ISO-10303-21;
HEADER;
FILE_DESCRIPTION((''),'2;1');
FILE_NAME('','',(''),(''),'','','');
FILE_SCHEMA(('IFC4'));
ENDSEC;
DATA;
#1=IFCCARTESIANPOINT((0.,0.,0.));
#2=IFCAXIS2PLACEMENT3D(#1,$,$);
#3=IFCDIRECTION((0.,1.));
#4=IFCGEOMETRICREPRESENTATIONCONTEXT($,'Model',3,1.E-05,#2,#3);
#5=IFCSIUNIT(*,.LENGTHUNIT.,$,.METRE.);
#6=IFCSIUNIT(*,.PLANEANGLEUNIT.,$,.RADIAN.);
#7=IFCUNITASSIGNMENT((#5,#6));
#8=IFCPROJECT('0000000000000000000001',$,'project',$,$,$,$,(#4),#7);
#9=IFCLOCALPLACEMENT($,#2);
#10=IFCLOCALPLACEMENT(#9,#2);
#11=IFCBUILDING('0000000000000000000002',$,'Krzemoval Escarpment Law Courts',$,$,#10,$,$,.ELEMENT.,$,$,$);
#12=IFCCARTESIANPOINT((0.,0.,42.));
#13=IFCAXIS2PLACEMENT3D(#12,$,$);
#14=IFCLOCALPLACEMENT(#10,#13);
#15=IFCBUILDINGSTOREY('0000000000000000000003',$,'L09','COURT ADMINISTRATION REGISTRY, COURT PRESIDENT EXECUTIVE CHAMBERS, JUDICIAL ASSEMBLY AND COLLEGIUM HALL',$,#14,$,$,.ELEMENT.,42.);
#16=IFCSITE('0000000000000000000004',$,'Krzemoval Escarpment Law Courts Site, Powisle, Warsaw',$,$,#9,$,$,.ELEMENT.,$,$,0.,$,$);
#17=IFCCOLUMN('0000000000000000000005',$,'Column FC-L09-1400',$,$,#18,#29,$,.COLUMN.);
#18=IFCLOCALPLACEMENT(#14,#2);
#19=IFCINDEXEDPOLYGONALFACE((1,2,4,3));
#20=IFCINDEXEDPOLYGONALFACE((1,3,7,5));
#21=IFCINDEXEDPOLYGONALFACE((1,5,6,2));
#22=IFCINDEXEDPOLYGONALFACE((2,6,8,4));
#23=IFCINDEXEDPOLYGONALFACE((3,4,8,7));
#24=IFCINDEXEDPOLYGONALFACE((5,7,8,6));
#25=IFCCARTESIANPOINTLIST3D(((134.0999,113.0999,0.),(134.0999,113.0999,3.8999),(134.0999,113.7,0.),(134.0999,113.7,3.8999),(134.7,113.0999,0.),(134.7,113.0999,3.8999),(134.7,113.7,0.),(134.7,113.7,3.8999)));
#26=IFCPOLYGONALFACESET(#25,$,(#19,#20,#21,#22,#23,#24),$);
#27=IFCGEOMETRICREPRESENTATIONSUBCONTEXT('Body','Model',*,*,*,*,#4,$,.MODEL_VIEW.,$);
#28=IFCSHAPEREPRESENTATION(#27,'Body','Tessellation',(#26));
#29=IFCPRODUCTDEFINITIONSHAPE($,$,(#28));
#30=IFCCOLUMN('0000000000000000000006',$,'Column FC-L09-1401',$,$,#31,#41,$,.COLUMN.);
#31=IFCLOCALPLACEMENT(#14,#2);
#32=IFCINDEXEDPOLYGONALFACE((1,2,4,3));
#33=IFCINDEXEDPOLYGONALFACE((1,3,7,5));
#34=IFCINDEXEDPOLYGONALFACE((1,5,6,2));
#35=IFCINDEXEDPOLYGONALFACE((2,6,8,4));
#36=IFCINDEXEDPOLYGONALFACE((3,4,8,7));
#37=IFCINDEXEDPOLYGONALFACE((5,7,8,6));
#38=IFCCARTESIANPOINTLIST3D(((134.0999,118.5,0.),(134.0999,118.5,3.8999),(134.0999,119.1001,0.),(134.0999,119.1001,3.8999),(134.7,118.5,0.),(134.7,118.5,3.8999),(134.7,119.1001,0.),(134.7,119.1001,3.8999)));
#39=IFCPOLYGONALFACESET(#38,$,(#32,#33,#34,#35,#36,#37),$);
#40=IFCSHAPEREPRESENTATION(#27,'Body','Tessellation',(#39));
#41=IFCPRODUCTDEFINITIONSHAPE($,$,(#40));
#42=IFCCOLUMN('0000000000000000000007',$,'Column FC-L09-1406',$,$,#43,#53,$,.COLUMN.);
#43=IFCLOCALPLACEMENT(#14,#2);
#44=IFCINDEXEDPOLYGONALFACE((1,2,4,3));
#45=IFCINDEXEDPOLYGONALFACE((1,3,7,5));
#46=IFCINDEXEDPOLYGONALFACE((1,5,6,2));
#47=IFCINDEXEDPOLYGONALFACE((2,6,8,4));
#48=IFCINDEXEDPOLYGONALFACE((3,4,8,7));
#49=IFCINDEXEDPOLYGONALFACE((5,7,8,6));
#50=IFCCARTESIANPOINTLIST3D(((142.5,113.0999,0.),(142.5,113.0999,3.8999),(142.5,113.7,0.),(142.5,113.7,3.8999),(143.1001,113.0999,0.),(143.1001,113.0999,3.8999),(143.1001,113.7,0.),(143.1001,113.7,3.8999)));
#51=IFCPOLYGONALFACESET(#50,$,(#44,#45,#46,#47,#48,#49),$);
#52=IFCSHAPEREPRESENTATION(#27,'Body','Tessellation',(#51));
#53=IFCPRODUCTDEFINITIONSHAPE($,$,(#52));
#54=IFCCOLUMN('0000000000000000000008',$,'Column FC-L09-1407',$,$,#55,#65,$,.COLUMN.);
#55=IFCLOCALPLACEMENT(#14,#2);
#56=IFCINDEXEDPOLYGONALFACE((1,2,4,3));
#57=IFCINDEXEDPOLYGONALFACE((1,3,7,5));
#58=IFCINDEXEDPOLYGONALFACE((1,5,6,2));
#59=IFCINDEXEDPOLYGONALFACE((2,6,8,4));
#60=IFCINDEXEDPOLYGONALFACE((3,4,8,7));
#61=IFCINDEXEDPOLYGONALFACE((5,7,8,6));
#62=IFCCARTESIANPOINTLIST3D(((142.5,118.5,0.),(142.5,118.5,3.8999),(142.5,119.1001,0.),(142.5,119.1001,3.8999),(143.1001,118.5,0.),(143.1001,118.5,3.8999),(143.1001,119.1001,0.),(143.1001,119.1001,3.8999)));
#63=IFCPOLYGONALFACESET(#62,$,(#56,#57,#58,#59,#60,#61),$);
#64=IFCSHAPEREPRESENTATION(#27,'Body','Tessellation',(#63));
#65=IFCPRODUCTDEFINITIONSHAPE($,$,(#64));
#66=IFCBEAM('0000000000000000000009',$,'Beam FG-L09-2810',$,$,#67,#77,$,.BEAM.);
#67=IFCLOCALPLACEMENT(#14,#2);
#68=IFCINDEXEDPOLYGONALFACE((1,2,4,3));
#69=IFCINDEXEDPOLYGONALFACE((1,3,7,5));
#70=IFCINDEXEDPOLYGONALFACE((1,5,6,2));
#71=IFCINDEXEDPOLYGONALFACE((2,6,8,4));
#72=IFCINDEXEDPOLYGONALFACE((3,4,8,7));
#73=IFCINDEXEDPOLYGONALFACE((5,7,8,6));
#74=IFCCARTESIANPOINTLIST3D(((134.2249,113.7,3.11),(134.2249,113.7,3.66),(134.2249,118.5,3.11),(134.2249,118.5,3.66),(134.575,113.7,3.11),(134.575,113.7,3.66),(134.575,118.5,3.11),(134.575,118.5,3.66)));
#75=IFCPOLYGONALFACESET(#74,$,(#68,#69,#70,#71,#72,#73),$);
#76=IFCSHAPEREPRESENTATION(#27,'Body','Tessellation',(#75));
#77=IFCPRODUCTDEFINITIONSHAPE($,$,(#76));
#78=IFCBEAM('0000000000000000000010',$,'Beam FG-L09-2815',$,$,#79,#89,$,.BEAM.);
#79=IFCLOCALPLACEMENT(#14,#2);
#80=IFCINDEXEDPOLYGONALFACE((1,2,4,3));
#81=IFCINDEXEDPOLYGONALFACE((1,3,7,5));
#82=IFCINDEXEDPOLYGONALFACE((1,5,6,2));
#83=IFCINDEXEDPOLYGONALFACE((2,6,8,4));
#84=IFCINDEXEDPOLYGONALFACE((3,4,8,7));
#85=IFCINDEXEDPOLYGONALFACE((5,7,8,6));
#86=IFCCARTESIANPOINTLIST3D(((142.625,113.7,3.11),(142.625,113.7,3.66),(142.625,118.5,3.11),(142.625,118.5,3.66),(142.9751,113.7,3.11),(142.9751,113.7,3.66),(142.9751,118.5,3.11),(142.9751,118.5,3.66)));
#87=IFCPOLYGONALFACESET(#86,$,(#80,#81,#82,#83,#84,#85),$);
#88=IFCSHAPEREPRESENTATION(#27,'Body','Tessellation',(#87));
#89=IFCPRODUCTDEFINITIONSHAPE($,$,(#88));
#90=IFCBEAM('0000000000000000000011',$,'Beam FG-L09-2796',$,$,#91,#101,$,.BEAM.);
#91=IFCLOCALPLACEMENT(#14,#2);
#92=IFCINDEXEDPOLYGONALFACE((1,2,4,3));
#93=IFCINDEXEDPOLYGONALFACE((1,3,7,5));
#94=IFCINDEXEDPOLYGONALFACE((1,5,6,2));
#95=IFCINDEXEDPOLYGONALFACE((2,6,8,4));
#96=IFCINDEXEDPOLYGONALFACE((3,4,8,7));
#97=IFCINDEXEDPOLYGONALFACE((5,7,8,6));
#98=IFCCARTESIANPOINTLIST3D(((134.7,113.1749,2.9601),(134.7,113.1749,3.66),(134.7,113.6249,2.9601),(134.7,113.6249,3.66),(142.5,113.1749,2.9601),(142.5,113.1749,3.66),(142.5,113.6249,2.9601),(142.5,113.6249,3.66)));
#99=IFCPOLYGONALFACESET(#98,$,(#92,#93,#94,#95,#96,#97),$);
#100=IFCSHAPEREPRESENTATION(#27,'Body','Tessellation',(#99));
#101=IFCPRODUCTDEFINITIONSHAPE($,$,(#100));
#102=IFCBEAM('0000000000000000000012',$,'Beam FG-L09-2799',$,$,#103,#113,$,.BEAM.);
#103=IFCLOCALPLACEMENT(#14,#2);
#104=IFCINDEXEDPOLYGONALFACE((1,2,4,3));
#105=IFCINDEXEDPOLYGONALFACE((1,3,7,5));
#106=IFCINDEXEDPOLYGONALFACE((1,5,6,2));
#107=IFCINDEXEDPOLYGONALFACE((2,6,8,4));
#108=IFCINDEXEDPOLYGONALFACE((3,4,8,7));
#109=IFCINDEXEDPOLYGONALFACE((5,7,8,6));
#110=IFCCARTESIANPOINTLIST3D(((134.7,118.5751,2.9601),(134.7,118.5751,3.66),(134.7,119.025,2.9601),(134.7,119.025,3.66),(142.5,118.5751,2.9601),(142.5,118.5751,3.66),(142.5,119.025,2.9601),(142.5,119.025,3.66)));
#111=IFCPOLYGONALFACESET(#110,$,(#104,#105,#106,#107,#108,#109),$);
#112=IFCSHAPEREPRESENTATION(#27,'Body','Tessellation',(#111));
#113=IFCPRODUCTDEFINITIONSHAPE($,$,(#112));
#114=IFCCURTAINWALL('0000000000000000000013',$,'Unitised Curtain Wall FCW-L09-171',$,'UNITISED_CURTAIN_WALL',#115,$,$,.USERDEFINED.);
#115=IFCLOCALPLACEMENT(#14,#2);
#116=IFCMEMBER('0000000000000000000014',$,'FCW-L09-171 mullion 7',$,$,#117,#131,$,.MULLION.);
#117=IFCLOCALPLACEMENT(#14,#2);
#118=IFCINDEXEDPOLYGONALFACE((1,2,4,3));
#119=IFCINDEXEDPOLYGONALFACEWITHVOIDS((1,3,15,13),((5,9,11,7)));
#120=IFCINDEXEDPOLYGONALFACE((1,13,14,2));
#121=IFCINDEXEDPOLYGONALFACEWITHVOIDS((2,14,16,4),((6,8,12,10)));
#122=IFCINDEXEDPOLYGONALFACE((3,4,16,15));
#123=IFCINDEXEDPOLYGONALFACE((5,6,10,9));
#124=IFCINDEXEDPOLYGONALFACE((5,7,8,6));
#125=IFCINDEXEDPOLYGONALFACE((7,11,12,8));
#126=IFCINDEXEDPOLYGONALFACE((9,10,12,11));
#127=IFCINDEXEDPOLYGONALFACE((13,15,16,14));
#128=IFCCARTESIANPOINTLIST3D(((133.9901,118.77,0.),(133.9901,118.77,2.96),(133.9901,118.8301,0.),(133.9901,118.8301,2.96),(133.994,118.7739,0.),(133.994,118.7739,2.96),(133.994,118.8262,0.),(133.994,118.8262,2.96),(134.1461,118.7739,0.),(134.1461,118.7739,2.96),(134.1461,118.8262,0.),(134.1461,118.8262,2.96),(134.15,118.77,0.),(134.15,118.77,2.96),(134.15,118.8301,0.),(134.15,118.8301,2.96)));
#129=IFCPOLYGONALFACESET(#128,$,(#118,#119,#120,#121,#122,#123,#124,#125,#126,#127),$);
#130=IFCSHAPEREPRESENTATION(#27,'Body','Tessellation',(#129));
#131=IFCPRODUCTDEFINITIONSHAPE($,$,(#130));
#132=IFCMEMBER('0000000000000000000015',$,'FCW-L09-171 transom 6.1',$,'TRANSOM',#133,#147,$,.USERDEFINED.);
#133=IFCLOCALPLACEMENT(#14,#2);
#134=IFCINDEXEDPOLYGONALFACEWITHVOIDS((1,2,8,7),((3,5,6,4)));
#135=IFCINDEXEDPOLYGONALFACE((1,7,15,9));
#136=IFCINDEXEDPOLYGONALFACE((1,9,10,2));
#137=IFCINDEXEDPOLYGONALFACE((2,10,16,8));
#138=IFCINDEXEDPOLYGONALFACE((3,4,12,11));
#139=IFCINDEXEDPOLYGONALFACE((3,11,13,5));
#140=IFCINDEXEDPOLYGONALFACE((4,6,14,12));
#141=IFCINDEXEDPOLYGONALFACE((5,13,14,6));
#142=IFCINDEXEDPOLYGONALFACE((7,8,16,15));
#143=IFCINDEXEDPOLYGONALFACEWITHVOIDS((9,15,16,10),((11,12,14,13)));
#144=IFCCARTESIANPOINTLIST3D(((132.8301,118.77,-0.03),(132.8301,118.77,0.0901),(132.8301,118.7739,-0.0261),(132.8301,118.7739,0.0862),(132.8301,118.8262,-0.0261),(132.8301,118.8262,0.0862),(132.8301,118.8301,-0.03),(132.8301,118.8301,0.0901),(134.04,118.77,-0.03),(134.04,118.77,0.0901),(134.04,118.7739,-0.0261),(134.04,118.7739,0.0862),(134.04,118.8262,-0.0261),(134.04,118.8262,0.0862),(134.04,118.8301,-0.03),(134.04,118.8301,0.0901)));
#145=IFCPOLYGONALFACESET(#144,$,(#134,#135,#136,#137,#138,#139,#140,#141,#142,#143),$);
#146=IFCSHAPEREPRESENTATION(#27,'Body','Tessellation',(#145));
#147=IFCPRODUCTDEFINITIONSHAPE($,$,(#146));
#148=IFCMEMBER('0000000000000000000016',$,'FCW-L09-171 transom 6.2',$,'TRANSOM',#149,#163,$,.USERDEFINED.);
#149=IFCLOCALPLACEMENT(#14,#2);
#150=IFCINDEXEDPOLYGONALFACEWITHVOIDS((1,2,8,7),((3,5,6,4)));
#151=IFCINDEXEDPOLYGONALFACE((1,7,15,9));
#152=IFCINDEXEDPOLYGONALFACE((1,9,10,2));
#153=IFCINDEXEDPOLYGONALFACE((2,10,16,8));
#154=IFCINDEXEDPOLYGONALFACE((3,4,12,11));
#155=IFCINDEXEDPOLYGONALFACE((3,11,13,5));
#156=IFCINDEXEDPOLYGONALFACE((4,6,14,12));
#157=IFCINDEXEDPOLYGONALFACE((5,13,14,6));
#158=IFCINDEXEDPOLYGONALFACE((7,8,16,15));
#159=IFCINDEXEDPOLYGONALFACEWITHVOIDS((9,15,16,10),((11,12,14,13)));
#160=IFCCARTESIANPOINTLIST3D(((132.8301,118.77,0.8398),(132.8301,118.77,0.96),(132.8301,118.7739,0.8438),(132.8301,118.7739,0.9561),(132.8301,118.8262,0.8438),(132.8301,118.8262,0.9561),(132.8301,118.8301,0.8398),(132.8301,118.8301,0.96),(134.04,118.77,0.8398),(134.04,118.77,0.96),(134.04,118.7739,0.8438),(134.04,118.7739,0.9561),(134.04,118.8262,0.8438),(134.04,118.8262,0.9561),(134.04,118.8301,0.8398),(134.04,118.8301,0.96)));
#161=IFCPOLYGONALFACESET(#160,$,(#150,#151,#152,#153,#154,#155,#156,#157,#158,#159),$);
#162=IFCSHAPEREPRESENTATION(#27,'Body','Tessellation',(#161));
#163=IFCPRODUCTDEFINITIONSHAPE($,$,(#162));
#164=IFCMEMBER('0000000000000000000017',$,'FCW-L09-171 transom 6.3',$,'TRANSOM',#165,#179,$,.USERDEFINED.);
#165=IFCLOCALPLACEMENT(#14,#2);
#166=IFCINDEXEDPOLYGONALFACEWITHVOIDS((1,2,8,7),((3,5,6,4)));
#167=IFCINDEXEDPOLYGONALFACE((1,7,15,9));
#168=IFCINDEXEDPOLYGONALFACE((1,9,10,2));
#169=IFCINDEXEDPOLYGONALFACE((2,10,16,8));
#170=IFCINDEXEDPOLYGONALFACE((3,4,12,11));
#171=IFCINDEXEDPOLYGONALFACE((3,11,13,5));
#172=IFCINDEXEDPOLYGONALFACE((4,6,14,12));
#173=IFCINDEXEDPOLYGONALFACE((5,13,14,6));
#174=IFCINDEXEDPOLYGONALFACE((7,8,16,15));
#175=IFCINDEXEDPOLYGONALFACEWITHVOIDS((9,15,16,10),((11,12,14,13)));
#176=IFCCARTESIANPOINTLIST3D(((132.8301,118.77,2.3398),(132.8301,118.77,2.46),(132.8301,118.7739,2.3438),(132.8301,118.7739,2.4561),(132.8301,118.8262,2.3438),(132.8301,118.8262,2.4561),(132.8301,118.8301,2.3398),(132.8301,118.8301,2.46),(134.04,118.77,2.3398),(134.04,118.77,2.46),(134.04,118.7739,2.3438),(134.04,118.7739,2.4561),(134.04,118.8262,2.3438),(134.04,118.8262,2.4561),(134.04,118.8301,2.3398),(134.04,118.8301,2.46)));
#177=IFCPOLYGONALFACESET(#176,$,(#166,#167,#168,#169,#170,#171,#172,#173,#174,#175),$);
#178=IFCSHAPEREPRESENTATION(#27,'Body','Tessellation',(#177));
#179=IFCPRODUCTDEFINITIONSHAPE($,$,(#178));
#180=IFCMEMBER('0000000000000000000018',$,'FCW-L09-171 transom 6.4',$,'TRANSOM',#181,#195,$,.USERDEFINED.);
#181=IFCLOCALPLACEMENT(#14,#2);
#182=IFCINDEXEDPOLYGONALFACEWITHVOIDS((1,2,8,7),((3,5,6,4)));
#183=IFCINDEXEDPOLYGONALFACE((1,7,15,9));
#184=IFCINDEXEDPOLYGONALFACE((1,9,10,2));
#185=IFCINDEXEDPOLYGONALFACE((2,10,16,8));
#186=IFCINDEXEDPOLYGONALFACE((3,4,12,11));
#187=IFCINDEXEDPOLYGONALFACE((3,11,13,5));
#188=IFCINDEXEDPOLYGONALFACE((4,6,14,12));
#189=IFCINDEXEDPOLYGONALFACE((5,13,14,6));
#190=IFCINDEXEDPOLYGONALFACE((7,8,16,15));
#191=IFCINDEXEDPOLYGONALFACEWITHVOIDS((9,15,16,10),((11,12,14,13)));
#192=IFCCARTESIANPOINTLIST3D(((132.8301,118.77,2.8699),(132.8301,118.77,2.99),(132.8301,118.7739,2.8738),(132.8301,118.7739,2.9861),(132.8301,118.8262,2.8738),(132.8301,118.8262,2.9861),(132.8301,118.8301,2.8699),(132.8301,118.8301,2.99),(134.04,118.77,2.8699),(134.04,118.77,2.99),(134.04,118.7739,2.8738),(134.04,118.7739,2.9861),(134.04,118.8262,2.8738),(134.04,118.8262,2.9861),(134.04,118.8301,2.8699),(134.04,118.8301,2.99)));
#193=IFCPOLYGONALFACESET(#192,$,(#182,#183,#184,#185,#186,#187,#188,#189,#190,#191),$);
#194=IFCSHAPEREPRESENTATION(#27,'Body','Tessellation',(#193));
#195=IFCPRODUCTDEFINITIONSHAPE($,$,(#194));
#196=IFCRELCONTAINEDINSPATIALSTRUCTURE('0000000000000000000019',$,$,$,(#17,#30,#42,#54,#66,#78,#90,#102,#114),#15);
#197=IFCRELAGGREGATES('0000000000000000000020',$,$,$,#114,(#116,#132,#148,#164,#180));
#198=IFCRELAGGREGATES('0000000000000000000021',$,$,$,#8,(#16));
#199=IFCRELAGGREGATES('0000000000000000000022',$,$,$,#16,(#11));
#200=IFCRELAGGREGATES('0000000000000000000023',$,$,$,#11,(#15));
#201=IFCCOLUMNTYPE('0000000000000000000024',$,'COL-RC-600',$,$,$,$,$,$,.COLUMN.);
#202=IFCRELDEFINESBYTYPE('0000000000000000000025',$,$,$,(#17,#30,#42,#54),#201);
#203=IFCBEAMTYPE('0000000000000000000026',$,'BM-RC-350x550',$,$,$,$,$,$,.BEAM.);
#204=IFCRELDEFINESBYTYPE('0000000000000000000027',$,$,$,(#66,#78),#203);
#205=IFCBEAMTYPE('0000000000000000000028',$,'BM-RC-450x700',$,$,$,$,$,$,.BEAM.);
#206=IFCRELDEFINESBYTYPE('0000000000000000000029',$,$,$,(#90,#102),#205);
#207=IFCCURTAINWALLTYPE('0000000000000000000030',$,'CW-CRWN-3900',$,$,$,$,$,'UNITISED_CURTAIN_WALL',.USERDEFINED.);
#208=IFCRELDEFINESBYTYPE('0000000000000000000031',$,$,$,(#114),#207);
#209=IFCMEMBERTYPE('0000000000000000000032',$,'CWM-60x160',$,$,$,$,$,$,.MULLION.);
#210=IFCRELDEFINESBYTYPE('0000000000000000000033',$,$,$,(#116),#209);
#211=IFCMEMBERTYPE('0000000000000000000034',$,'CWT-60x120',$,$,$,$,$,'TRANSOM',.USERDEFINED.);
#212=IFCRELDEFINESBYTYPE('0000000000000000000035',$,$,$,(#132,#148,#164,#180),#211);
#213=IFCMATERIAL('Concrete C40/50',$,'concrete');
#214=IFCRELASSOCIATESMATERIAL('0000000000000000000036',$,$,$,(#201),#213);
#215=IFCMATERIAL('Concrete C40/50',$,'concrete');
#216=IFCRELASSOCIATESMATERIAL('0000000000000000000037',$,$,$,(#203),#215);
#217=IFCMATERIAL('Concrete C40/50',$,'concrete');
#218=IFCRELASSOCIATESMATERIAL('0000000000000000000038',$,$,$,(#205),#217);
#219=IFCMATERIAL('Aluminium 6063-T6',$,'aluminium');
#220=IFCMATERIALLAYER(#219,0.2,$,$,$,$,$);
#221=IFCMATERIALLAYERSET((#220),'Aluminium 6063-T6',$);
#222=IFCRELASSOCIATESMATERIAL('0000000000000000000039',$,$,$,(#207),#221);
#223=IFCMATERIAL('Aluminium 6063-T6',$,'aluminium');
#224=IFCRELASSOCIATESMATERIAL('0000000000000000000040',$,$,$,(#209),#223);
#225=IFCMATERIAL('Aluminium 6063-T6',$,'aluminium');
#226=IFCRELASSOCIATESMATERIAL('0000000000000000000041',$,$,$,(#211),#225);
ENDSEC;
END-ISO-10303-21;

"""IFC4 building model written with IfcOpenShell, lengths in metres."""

from ifc_helpers import new_model, si_unit, direction, frame, origin, origin_2d, place, context, subcontext, project, spatial, rectangle, hollow_rectangle, extrude, material, layer, layer_set, material_profile, profile_set, type_object, element, aggregate, save


model = new_model("IFC4")

# Units and contexts
model_context = context("Model", 3, precision=1e-05, world=origin(), true_north=direction((0.0, 1.0)))
body_context = subcontext(model_context, "Body", "Model", "MODEL_VIEW")
ifc_project = project(units=[si_unit("LENGTHUNIT", "METRE"), si_unit("PLANEANGLEUNIT", "RADIAN")], contexts=[model_context])

# Site, building, storey
site_placement = place(None, origin())
site = spatial("IfcSite", under=ifc_project, at=site_placement, Name="Krzemoval Escarpment Law Courts Site, Powisle, Warsaw", CompositionType="ELEMENT", RefElevation=0.0)
building_placement = place(site_placement, origin())
building = spatial("IfcBuilding", under=site, at=building_placement, Name="Krzemoval Escarpment Law Courts", CompositionType="ELEMENT")
storey_placement = place(building_placement, frame((0.0, 0.0, 42.0)))
storey = spatial("IfcBuildingStorey", under=building, at=storey_placement, Name="L09", Description="COURT ADMINISTRATION REGISTRY, COURT PRESIDENT EXECUTIVE CHAMBERS, JUDICIAL ASSEMBLY AND COLLEGIUM HALL", CompositionType="ELEMENT", Elevation=42.0)

# Columns
ifc_material_1 = material(Name="Concrete C40/50", Category="concrete")
ifc_material_profile_1 = material_profile(ifc_material_1, rectangle(XDim=0.6001, YDim=0.6001, at=origin_2d()), Name="RC 600x600")
ifc_profile_set_1 = profile_set([ifc_material_profile_1], Name="Concrete C40/50")
column_type = type_object("IfcColumnType", Name="COL-RC-600", PredefinedType="COLUMN", material=ifc_profile_set_1)
for number, where, z_axis, x_axis, name in (
    (1, (134.3999, 113.3999, 0.0), (0.0, 0.0, 1.0), (1.0, 0.0, 0.0), "Column FC-L09-1400"),
    (2, (134.3999, 118.8, 0.0), (0.0, 0.0, 1.0), (1.0, 0.0, 0.0), "Column FC-L09-1401"),
    (3, (142.8, 113.3999, 0.0), (0.0, 0.0, 1.0), (1.0, 0.0, 0.0), "Column FC-L09-1406"),
    (4, (142.8, 118.8, 0.0), (0.0, 0.0, 1.0), (1.0, 0.0, 0.0), "Column FC-L09-1407"),
):
    element("IfcColumn", number, at=place(storey_placement, frame(where, z_axis=z_axis, x_axis=x_axis)), inside=storey, type_object=column_type, Name=name, PredefinedType="COLUMN", context=body_context, shape_type="SweptSolid", body=[
        extrude(rectangle(XDim=0.6001, YDim=0.6001, at=origin_2d()), origin(), (0.0, 0.0, 1.0), 3.8999),
    ])

# Beams
ifc_material_2 = material(Name="Concrete C40/50", Category="concrete")
ifc_material_profile_2 = material_profile(ifc_material_2, rectangle(XDim=0.3501, YDim=0.55, at=origin_2d()), Name="RCB 350x550")
ifc_profile_set_2 = profile_set([ifc_material_profile_2], Name="Concrete C40/50")
beam_type_1 = type_object("IfcBeamType", Name="BM-RC-350x550", PredefinedType="BEAM", material=ifc_profile_set_2)
for number, where, z_axis, x_axis, name in (
    (5, (134.3999, 113.7, 3.385), (0.0, 1.0, 0.0), (-1.0, 0.0, 0.0), "Beam FG-L09-2810"),
    (6, (142.8, 113.7, 3.385), (0.0, 1.0, 0.0), (-1.0, 0.0, 0.0), "Beam FG-L09-2815"),
):
    element("IfcBeam", number, at=place(storey_placement, frame(where, z_axis=z_axis, x_axis=x_axis)), inside=storey, type_object=beam_type_1, Name=name, PredefinedType="BEAM", context=body_context, shape_type="SweptSolid", body=[
        extrude(rectangle(XDim=0.3501, YDim=0.55, at=origin_2d()), origin(), (0.0, 0.0, 1.0), 4.8),
    ])
ifc_material_3 = material(Name="Concrete C40/50", Category="concrete")
ifc_material_profile_3 = material_profile(ifc_material_3, rectangle(XDim=0.45, YDim=0.7, at=origin_2d()), Name="RCB 450x700")
ifc_profile_set_3 = profile_set([ifc_material_profile_3], Name="Concrete C40/50")
beam_type_2 = type_object("IfcBeamType", Name="BM-RC-450x700", PredefinedType="BEAM", material=ifc_profile_set_3)
for number, where, z_axis, x_axis, name in (
    (7, (134.7, 113.3999, 3.3101), (1.0, 0.0, 0.0), (0.0, 1.0, 0.0), "Beam FG-L09-2796"),
    (8, (134.7, 118.8, 3.3101), (1.0, 0.0, 0.0), (0.0, 1.0, 0.0), "Beam FG-L09-2799"),
):
    element("IfcBeam", number, at=place(storey_placement, frame(where, z_axis=z_axis, x_axis=x_axis)), inside=storey, type_object=beam_type_2, Name=name, PredefinedType="BEAM", context=body_context, shape_type="SweptSolid", body=[
        extrude(rectangle(XDim=0.45, YDim=0.7, at=origin_2d()), origin(), (0.0, 0.0, 1.0), 7.8),
    ])

# Curtain wall, members
ifc_material_4 = material(Name="Aluminium 6063-T6", Category="aluminium")
ifc_layer_1 = layer(ifc_material_4, 0.2)
ifc_layer_set_1 = layer_set([ifc_layer_1], Name="Aluminium 6063-T6")
curtain_wall_type = type_object("IfcCurtainWallType", Name="CW-CRWN-3900", ElementType="UNITISED_CURTAIN_WALL", PredefinedType="USERDEFINED", material=ifc_layer_set_1)
curtain_wall_placement = place(storey_placement, origin())
curtain_wall = element("IfcCurtainWall", 9, at=curtain_wall_placement, inside=storey, type_object=curtain_wall_type, Name="Unitised Curtain Wall FCW-L09-171", ObjectType="UNITISED_CURTAIN_WALL", PredefinedType="USERDEFINED")
ifc_material_5 = material(Name="Aluminium 6063-T6", Category="aluminium")
ifc_material_profile_4 = material_profile(ifc_material_5, hollow_rectangle(XDim=0.0601, YDim=0.1599, WallThickness=0.0039, at=origin_2d()), Name="ALU M60x160")
ifc_profile_set_4 = profile_set([ifc_material_profile_4], Name="Aluminium 6063-T6")
member_type_1 = type_object("IfcMemberType", Name="CWM-60x160", PredefinedType="MULLION", material=ifc_profile_set_4)
member_1_placement = place(storey_placement, frame((134.0701, 118.8, 0.0), z_axis=(0.0, 0.0, 1.0), x_axis=(0.0, 1.0, 0.0)))
member_1 = element("IfcMember", 10, at=member_1_placement, type_object=member_type_1, Name="FCW-L09-171 mullion 7", PredefinedType="MULLION", context=body_context, shape_type="SweptSolid", body=[
    extrude(hollow_rectangle(XDim=0.0601, YDim=0.1599, WallThickness=0.0039, at=origin_2d()), origin(), (0.0, 0.0, 1.0), 2.96),
])
ifc_material_6 = material(Name="Aluminium 6063-T6", Category="aluminium")
ifc_material_profile_5 = material_profile(ifc_material_6, hollow_rectangle(XDim=0.0601, YDim=0.1201, WallThickness=0.0039, at=origin_2d()), Name="ALU T60x120")
ifc_profile_set_5 = profile_set([ifc_material_profile_5], Name="Aluminium 6063-T6")
member_type_2 = type_object("IfcMemberType", Name="CWT-60x120", ElementType="TRANSOM", PredefinedType="USERDEFINED", material=ifc_profile_set_5)
member_2_placement = place(storey_placement, frame((132.8301, 118.8, 0.03), z_axis=(1.0, 0.0, 0.0), x_axis=(0.0, 1.0, 0.0)))
member_2 = element("IfcMember", 11, at=member_2_placement, type_object=member_type_2, Name="FCW-L09-171 transom 6.1", ObjectType="TRANSOM", PredefinedType="USERDEFINED", context=body_context, shape_type="SweptSolid", body=[
    extrude(hollow_rectangle(XDim=0.0601, YDim=0.1201, WallThickness=0.0039, at=origin_2d()), origin(), (0.0, 0.0, 1.0), 1.21),
])
member_3_placement = place(storey_placement, frame((132.8301, 118.8, 0.8999), z_axis=(1.0, 0.0, 0.0), x_axis=(0.0, 1.0, 0.0)))
member_3 = element("IfcMember", 12, at=member_3_placement, type_object=member_type_2, Name="FCW-L09-171 transom 6.2", ObjectType="TRANSOM", PredefinedType="USERDEFINED", context=body_context, shape_type="SweptSolid", body=[
    extrude(hollow_rectangle(XDim=0.0601, YDim=0.1201, WallThickness=0.0039, at=origin_2d()), origin(), (0.0, 0.0, 1.0), 1.21),
])
member_4_placement = place(storey_placement, frame((132.8301, 118.8, 2.3999), z_axis=(1.0, 0.0, 0.0), x_axis=(0.0, 1.0, 0.0)))
member_4 = element("IfcMember", 13, at=member_4_placement, type_object=member_type_2, Name="FCW-L09-171 transom 6.3", ObjectType="TRANSOM", PredefinedType="USERDEFINED", context=body_context, shape_type="SweptSolid", body=[
    extrude(hollow_rectangle(XDim=0.0601, YDim=0.1201, WallThickness=0.0039, at=origin_2d()), origin(), (0.0, 0.0, 1.0), 1.21),
])
member_5_placement = place(storey_placement, frame((132.8301, 118.8, 2.9299), z_axis=(1.0, 0.0, 0.0), x_axis=(0.0, 1.0, 0.0)))
member_5 = element("IfcMember", 14, at=member_5_placement, type_object=member_type_2, Name="FCW-L09-171 transom 6.4", ObjectType="TRANSOM", PredefinedType="USERDEFINED", context=body_context, shape_type="SweptSolid", body=[
    extrude(hollow_rectangle(XDim=0.0601, YDim=0.1201, WallThickness=0.0039, at=origin_2d()), origin(), (0.0, 0.0, 1.0), 1.21),
])
aggregate(curtain_wall, [member_1, member_2, member_3, member_4, member_5])

save(model, "model.ifc")
